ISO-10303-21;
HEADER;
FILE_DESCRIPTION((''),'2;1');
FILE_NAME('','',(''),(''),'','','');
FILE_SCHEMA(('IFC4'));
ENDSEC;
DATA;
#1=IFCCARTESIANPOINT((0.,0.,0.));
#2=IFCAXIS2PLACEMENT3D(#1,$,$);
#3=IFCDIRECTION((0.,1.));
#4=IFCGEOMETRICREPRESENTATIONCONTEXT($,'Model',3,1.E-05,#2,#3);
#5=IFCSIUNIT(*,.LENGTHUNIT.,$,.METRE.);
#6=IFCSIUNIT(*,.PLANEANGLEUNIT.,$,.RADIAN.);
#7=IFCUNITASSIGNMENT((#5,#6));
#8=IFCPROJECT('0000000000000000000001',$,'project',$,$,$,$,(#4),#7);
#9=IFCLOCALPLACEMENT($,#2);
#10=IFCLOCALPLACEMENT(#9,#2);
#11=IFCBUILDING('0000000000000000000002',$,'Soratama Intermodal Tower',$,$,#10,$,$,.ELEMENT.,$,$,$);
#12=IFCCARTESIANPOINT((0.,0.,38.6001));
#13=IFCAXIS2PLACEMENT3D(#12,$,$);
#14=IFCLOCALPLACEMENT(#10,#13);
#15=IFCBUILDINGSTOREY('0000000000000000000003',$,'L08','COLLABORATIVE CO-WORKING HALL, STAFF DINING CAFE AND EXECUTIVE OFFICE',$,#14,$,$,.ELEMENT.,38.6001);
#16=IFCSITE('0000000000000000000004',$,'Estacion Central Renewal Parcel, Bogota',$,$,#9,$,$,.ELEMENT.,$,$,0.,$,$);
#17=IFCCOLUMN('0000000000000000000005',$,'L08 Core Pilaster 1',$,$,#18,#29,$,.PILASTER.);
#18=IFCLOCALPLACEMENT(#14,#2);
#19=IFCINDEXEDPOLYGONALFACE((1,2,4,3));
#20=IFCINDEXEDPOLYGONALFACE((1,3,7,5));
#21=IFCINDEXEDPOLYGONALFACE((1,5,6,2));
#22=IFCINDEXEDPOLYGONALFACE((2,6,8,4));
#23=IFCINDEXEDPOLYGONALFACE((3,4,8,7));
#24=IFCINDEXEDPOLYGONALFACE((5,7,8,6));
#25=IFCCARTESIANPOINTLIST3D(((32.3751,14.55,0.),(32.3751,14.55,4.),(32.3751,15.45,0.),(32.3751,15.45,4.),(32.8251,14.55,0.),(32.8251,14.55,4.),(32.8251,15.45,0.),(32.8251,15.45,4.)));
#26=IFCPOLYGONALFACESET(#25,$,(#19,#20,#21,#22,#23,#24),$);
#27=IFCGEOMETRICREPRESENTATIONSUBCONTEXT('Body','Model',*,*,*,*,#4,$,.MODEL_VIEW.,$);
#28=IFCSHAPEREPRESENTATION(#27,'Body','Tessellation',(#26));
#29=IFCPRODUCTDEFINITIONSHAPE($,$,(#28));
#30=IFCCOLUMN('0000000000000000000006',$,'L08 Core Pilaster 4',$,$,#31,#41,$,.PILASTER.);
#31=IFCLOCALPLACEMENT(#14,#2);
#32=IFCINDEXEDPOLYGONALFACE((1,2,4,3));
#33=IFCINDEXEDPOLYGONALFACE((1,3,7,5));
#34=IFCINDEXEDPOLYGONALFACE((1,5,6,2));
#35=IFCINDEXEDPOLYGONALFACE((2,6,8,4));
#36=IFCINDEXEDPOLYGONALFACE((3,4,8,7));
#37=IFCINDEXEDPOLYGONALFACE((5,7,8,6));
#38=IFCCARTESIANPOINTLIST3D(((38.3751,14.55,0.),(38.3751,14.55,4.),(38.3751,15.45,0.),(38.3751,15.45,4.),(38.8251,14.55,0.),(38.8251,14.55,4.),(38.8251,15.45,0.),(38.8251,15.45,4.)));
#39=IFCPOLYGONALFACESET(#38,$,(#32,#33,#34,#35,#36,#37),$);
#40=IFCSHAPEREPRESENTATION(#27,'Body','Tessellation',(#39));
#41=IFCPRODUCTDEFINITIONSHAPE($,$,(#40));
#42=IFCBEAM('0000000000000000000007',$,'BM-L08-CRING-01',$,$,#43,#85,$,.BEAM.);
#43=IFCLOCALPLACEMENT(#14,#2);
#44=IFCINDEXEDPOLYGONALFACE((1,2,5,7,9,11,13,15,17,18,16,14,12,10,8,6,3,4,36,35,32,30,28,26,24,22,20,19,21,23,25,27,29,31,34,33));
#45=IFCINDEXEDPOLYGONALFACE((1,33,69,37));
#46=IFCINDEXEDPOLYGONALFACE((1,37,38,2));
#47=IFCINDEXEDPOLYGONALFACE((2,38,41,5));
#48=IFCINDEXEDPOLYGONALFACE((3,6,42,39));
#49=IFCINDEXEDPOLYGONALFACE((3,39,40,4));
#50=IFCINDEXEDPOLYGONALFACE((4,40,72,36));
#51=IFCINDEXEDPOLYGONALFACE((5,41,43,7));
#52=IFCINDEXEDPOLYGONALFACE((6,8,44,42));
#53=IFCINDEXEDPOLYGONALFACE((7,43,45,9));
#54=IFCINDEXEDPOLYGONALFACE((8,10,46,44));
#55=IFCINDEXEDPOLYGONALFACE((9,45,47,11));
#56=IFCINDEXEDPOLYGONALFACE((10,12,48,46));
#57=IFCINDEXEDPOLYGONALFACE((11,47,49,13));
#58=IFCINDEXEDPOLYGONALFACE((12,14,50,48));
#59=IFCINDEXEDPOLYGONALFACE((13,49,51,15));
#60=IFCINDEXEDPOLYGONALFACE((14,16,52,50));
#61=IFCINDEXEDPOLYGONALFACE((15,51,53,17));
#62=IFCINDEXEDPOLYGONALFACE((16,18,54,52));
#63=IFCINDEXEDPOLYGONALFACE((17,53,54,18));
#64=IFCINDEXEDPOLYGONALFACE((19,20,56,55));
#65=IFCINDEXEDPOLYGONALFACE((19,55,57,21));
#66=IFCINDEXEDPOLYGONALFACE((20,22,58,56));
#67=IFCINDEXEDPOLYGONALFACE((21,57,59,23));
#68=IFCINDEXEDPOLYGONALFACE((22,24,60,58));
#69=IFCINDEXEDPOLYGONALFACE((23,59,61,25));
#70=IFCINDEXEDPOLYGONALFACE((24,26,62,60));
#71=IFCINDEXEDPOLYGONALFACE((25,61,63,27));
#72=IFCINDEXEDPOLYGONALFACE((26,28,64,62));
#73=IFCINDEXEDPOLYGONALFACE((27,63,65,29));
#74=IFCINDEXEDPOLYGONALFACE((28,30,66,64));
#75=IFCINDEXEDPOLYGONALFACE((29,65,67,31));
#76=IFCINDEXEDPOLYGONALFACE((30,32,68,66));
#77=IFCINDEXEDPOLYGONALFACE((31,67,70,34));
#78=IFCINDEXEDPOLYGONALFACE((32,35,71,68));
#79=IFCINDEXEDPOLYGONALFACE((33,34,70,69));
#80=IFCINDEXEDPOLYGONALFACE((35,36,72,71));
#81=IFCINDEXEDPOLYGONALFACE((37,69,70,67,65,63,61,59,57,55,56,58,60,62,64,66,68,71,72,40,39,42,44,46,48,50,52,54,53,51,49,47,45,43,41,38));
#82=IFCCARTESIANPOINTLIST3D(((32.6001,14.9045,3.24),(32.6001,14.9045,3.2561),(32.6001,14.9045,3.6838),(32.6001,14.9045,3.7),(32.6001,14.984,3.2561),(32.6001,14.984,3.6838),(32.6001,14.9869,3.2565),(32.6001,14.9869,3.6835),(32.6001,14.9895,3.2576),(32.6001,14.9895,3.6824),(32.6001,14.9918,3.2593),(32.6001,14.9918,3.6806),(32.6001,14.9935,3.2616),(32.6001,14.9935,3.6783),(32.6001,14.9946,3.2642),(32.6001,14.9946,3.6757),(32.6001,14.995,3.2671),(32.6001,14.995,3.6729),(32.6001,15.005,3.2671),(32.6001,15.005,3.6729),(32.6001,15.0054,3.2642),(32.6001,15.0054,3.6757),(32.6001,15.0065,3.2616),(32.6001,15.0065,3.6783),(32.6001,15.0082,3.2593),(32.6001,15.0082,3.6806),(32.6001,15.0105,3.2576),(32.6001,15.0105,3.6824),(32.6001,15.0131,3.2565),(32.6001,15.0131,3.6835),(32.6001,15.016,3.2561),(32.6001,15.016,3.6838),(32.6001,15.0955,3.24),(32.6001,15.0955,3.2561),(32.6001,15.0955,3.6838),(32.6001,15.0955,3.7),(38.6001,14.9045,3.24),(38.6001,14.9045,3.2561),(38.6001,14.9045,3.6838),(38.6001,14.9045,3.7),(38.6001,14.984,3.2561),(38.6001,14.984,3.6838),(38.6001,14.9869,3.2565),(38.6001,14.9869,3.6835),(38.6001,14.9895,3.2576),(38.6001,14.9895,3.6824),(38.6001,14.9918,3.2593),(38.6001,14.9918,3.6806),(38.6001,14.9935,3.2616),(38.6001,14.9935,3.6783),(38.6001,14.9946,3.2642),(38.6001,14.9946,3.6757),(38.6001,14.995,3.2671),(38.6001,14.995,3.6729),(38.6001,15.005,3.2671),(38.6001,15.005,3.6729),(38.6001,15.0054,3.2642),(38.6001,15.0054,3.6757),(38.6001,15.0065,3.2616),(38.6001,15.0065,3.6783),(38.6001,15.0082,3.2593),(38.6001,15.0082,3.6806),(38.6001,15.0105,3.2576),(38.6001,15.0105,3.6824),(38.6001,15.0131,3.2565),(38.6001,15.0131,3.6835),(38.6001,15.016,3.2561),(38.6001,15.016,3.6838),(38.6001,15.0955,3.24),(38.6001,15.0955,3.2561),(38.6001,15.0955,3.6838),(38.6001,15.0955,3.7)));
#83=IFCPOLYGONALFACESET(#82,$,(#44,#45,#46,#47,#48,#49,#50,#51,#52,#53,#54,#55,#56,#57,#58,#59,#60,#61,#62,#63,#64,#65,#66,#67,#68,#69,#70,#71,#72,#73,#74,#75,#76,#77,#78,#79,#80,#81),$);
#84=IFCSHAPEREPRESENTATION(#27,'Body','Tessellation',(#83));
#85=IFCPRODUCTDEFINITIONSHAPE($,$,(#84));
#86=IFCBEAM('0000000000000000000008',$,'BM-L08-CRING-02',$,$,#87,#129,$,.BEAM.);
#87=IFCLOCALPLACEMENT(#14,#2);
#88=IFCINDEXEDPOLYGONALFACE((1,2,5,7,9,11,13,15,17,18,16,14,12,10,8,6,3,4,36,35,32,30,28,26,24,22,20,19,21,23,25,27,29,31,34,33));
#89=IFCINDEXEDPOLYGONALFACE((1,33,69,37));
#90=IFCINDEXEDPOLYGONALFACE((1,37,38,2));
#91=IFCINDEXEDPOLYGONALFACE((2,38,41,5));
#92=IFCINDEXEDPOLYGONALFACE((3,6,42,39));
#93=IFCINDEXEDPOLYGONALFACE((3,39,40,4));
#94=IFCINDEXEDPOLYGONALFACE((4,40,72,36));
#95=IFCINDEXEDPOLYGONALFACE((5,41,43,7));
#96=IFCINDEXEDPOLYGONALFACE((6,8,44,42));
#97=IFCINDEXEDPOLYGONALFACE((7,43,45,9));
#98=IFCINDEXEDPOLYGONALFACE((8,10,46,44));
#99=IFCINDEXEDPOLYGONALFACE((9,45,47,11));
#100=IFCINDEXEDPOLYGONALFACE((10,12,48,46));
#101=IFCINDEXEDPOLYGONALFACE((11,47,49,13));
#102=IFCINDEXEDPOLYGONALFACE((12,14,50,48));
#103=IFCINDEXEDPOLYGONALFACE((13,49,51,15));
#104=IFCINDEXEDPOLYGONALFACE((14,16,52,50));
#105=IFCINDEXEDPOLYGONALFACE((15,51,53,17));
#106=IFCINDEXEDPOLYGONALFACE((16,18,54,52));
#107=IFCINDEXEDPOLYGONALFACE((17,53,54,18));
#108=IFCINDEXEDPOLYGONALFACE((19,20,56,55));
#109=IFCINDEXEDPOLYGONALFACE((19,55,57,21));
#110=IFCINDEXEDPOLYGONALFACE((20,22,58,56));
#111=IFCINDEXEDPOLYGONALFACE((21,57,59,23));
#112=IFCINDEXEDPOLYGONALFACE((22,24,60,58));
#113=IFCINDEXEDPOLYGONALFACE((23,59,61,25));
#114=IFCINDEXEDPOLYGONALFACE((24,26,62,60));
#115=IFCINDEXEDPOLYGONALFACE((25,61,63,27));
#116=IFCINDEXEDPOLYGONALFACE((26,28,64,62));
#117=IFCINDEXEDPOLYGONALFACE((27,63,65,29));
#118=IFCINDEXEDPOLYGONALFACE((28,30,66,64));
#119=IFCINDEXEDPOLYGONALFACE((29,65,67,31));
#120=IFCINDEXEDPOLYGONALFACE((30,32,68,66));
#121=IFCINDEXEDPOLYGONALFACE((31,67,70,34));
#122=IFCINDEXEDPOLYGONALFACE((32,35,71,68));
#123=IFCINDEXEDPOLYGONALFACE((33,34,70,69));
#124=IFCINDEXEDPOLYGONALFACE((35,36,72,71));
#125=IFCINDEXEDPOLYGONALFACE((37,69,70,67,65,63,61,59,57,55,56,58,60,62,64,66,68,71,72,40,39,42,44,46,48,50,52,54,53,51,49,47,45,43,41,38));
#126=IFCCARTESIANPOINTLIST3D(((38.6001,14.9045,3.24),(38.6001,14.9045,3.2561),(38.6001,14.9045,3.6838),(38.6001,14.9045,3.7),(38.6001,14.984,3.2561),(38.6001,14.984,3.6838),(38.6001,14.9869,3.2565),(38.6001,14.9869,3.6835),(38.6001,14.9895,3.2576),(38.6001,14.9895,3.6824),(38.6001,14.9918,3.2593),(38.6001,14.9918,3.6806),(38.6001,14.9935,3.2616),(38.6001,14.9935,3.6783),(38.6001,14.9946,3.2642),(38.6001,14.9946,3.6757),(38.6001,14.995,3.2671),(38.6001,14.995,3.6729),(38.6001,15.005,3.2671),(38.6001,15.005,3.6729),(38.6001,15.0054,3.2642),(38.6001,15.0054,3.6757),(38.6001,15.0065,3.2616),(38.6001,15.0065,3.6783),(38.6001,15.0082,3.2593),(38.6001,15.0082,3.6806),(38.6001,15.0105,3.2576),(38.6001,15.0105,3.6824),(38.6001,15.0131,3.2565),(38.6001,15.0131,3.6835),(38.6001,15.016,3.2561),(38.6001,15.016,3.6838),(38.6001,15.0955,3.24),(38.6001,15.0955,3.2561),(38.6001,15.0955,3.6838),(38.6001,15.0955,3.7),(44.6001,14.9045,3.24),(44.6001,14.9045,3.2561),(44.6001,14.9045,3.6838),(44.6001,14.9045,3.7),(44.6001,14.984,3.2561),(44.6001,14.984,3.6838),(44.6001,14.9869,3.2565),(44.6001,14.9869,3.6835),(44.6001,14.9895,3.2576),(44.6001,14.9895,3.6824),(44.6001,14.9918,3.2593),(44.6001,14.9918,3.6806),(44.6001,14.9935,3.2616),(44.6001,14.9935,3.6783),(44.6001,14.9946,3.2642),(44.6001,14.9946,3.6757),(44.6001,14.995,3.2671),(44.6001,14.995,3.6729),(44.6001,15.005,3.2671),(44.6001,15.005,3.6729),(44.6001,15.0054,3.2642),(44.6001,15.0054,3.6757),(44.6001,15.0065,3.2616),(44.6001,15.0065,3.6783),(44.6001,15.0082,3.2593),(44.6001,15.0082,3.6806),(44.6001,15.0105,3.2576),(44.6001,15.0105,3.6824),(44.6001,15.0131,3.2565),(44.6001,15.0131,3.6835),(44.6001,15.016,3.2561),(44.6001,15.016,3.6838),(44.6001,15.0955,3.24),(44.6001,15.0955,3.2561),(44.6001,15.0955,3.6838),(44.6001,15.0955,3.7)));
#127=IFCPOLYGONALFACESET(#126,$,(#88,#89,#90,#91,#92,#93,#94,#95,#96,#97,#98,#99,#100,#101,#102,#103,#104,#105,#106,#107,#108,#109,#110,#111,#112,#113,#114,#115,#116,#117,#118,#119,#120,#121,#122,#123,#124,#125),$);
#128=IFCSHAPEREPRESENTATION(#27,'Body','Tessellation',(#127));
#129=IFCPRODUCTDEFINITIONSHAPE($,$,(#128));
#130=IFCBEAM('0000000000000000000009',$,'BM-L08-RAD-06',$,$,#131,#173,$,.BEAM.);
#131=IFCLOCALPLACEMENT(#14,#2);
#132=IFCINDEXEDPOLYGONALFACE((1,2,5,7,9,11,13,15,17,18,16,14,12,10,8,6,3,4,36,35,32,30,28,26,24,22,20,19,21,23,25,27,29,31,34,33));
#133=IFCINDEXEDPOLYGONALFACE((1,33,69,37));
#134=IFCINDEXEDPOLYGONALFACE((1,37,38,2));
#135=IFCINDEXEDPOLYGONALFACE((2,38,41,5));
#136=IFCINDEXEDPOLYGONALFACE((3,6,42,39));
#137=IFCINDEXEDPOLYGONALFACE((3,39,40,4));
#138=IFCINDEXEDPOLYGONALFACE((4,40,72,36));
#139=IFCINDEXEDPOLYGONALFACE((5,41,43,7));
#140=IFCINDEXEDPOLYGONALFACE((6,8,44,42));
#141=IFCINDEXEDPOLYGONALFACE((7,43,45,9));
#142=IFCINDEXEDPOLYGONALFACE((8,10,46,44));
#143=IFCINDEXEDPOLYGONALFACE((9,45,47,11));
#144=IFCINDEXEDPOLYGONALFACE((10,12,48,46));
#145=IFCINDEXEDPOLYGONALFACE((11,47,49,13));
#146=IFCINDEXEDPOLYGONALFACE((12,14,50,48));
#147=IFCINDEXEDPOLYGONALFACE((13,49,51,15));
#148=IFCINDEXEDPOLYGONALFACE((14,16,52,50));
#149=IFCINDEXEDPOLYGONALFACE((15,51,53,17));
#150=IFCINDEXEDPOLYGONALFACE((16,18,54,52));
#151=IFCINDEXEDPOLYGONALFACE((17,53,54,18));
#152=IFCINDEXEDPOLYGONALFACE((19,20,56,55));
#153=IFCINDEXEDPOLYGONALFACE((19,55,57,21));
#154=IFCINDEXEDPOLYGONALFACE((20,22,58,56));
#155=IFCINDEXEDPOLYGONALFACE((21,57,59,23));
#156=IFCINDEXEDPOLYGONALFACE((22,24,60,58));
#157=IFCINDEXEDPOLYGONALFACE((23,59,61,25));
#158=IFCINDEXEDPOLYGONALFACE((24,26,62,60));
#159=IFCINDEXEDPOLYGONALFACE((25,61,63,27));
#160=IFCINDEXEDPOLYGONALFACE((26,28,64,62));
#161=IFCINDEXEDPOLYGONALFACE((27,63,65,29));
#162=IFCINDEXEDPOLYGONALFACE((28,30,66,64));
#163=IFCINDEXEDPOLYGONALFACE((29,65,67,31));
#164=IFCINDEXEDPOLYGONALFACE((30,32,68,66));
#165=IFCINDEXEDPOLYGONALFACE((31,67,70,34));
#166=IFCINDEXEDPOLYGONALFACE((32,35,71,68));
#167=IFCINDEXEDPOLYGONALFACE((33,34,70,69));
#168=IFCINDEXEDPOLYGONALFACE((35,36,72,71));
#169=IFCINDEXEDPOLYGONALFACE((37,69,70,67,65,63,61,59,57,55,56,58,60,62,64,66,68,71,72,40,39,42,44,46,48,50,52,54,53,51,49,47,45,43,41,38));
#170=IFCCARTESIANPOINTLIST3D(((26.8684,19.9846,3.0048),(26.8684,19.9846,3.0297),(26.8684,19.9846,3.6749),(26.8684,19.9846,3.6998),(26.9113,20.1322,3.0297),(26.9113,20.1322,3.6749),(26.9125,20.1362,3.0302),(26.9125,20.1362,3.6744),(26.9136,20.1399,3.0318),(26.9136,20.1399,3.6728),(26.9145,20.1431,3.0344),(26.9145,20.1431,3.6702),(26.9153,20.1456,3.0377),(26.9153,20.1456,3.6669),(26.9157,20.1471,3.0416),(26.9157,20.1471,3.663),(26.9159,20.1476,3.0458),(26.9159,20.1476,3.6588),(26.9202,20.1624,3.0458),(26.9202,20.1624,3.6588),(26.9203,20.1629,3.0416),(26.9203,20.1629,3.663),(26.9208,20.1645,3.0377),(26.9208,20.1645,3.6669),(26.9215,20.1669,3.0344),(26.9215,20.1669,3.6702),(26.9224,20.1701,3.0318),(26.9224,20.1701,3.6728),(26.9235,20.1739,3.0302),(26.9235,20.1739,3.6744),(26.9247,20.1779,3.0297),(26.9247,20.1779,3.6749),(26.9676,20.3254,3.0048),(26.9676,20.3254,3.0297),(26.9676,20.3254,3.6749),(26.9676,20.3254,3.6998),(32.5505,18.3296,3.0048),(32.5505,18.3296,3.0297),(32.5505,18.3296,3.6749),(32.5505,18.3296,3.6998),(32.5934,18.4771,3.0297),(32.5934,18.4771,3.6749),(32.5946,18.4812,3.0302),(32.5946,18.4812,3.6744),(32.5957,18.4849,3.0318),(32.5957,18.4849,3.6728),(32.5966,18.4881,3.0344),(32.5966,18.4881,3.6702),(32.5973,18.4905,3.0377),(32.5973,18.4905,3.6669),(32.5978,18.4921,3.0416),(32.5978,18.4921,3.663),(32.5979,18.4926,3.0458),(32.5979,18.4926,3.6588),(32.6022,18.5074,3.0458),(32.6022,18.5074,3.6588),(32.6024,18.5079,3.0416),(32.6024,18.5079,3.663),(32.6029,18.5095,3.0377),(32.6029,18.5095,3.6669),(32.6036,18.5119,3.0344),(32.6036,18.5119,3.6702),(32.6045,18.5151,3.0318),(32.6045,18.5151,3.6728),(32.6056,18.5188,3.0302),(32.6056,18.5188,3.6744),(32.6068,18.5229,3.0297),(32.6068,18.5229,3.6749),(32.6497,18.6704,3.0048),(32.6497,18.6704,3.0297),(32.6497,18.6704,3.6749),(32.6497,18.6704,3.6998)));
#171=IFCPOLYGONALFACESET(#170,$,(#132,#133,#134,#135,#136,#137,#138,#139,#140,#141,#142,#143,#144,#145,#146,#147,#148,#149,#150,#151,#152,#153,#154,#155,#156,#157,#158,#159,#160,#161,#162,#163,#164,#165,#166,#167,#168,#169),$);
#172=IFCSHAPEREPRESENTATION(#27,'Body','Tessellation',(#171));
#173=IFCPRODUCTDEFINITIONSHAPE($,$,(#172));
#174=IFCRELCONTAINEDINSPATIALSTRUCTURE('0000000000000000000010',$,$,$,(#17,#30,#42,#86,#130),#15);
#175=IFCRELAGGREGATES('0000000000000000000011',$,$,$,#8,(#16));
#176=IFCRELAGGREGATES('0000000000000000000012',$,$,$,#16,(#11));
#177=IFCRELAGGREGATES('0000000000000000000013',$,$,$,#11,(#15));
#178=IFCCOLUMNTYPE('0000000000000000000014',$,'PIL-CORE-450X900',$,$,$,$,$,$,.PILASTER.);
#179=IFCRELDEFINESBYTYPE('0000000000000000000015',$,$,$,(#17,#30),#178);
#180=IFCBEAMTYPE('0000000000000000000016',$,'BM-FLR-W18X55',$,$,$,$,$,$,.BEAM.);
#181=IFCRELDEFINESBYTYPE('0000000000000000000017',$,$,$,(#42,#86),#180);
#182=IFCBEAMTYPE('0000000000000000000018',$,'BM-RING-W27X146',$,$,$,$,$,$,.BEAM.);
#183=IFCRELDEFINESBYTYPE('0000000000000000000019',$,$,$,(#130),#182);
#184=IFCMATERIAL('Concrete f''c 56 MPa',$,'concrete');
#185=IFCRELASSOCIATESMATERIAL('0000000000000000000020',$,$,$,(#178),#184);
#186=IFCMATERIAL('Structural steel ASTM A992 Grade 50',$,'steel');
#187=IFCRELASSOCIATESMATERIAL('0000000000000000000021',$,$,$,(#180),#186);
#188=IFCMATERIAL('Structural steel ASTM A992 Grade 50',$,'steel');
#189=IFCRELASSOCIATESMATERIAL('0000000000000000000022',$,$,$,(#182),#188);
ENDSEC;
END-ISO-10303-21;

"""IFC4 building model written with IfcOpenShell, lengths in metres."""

from ifc_helpers import new_model, si_unit, direction, frame, origin, origin_2d, place, context, subcontext, project, spatial, rectangle, i_section, extrude, material, material_profile, profile_set, type_object, element, save


model = new_model("IFC4")

# Units and contexts
model_context = context("Model", 3, precision=1e-05, world=origin(), true_north=direction((0.0, 1.0)))
body_context = subcontext(model_context, "Body", "Model", "MODEL_VIEW")
ifc_project = project(units=[si_unit("LENGTHUNIT", "METRE"), si_unit("PLANEANGLEUNIT", "RADIAN")], contexts=[model_context])

# Site, building, storey
site_placement = place(None, origin())
site = spatial("IfcSite", under=ifc_project, at=site_placement, Name="Estacion Central Renewal Parcel, Bogota", CompositionType="ELEMENT", RefElevation=0.0)
building_placement = place(site_placement, origin())
building = spatial("IfcBuilding", under=site, at=building_placement, Name="Soratama Intermodal Tower", CompositionType="ELEMENT")
storey_placement = place(building_placement, frame((0.0, 0.0, 38.6001)))
storey = spatial("IfcBuildingStorey", under=building, at=storey_placement, Name="L08", Description="COLLABORATIVE CO-WORKING HALL, STAFF DINING CAFE AND EXECUTIVE OFFICE", CompositionType="ELEMENT", Elevation=38.6001)

# Columns
ifc_material_1 = material(Name="Concrete f'c 56 MPa", Category="concrete")
ifc_material_profile_1 = material_profile(ifc_material_1, rectangle(XDim=0.45, YDim=0.8999, at=origin_2d()), Name="RC450X900")
ifc_profile_set_1 = profile_set([ifc_material_profile_1], Name="Concrete f'c 56 MPa")
column_type = type_object("IfcColumnType", Name="PIL-CORE-450X900", PredefinedType="PILASTER", material=ifc_profile_set_1)
for number, where, z_axis, x_axis, name in (
    (1, (32.6001, 15.0, 0.0), (0.0, 0.0, 1.0), (1.0, 0.0, 0.0), "L08 Core Pilaster 1"),
    (2, (38.6001, 15.0, 0.0), (0.0, 0.0, 1.0), (1.0, 0.0, 0.0), "L08 Core Pilaster 4"),
):
    element("IfcColumn", number, at=place(storey_placement, frame(where, z_axis=z_axis, x_axis=x_axis)), inside=storey, type_object=column_type, Name=name, PredefinedType="PILASTER", context=body_context, shape_type="SweptSolid", body=[
        extrude(rectangle(XDim=0.45, YDim=0.8999, at=origin_2d()), origin(), (0.0, 0.0, 1.0), 4.0),
    ])

# Beams
ifc_material_2 = material(Name="Structural steel ASTM A992 Grade 50", Category="steel")
ifc_material_profile_2 = material_profile(ifc_material_2, i_section(OverallWidth=0.1909, OverallDepth=0.46, WebThickness=0.01, FlangeThickness=0.0161, FilletRadius=0.011, at=origin_2d()), Name="W18X55")
ifc_profile_set_2 = profile_set([ifc_material_profile_2], Name="Structural steel ASTM A992 Grade 50")
beam_type_1 = type_object("IfcBeamType", Name="BM-FLR-W18X55", PredefinedType="BEAM", material=ifc_profile_set_2)
for number, where, z_axis, x_axis, name in (
    (3, (32.6001, 15.0, 3.47), (1.0, 0.0, 0.0), (0.0, 1.0, 0.0), "BM-L08-CRING-01"),
    (4, (38.6001, 15.0, 3.47), (1.0, 0.0, 0.0), (0.0, 1.0, 0.0), "BM-L08-CRING-02"),
):
    element("IfcBeam", number, at=place(storey_placement, frame(where, z_axis=z_axis, x_axis=x_axis)), inside=storey, type_object=beam_type_1, Name=name, PredefinedType="BEAM", context=body_context, shape_type="SweptSolid", body=[
        extrude(i_section(OverallWidth=0.1909, OverallDepth=0.46, WebThickness=0.01, FlangeThickness=0.0161, FilletRadius=0.011, at=origin_2d()), origin(), (0.0, 0.0, 1.0), 6.0),
    ])
ifc_material_3 = material(Name="Structural steel ASTM A992 Grade 50", Category="steel")
ifc_material_profile_3 = material_profile(ifc_material_3, i_section(OverallWidth=0.355, OverallDepth=0.6951, WebThickness=0.0154, FlangeThickness=0.0249, FilletRadius=0.0161, at=origin_2d()), Name="W27X146")
ifc_profile_set_3 = profile_set([ifc_material_profile_3], Name="Structural steel ASTM A992 Grade 50")
beam_type_2 = type_object("IfcBeamType", Name="BM-RING-W27X146", PredefinedType="BEAM", material=ifc_profile_set_3)
beam_1_placement = place(storey_placement, frame((32.6001, 18.5, 3.3523), z_axis=(-0.960103, 0.279648, 0.0), x_axis=(-0.279648, -0.960103, 0.0)))
element("IfcBeam", 5, at=beam_1_placement, inside=storey, type_object=beam_type_2, Name="BM-L08-RAD-06", PredefinedType="BEAM", context=body_context, shape_type="SweptSolid", body=[
    extrude(i_section(OverallWidth=0.355, OverallDepth=0.6951, WebThickness=0.0154, FlangeThickness=0.0249, FilletRadius=0.0161, at=origin_2d()), origin(), (0.0, 0.0, 1.0), 5.9182),
])

save(model, "model.ifc")
